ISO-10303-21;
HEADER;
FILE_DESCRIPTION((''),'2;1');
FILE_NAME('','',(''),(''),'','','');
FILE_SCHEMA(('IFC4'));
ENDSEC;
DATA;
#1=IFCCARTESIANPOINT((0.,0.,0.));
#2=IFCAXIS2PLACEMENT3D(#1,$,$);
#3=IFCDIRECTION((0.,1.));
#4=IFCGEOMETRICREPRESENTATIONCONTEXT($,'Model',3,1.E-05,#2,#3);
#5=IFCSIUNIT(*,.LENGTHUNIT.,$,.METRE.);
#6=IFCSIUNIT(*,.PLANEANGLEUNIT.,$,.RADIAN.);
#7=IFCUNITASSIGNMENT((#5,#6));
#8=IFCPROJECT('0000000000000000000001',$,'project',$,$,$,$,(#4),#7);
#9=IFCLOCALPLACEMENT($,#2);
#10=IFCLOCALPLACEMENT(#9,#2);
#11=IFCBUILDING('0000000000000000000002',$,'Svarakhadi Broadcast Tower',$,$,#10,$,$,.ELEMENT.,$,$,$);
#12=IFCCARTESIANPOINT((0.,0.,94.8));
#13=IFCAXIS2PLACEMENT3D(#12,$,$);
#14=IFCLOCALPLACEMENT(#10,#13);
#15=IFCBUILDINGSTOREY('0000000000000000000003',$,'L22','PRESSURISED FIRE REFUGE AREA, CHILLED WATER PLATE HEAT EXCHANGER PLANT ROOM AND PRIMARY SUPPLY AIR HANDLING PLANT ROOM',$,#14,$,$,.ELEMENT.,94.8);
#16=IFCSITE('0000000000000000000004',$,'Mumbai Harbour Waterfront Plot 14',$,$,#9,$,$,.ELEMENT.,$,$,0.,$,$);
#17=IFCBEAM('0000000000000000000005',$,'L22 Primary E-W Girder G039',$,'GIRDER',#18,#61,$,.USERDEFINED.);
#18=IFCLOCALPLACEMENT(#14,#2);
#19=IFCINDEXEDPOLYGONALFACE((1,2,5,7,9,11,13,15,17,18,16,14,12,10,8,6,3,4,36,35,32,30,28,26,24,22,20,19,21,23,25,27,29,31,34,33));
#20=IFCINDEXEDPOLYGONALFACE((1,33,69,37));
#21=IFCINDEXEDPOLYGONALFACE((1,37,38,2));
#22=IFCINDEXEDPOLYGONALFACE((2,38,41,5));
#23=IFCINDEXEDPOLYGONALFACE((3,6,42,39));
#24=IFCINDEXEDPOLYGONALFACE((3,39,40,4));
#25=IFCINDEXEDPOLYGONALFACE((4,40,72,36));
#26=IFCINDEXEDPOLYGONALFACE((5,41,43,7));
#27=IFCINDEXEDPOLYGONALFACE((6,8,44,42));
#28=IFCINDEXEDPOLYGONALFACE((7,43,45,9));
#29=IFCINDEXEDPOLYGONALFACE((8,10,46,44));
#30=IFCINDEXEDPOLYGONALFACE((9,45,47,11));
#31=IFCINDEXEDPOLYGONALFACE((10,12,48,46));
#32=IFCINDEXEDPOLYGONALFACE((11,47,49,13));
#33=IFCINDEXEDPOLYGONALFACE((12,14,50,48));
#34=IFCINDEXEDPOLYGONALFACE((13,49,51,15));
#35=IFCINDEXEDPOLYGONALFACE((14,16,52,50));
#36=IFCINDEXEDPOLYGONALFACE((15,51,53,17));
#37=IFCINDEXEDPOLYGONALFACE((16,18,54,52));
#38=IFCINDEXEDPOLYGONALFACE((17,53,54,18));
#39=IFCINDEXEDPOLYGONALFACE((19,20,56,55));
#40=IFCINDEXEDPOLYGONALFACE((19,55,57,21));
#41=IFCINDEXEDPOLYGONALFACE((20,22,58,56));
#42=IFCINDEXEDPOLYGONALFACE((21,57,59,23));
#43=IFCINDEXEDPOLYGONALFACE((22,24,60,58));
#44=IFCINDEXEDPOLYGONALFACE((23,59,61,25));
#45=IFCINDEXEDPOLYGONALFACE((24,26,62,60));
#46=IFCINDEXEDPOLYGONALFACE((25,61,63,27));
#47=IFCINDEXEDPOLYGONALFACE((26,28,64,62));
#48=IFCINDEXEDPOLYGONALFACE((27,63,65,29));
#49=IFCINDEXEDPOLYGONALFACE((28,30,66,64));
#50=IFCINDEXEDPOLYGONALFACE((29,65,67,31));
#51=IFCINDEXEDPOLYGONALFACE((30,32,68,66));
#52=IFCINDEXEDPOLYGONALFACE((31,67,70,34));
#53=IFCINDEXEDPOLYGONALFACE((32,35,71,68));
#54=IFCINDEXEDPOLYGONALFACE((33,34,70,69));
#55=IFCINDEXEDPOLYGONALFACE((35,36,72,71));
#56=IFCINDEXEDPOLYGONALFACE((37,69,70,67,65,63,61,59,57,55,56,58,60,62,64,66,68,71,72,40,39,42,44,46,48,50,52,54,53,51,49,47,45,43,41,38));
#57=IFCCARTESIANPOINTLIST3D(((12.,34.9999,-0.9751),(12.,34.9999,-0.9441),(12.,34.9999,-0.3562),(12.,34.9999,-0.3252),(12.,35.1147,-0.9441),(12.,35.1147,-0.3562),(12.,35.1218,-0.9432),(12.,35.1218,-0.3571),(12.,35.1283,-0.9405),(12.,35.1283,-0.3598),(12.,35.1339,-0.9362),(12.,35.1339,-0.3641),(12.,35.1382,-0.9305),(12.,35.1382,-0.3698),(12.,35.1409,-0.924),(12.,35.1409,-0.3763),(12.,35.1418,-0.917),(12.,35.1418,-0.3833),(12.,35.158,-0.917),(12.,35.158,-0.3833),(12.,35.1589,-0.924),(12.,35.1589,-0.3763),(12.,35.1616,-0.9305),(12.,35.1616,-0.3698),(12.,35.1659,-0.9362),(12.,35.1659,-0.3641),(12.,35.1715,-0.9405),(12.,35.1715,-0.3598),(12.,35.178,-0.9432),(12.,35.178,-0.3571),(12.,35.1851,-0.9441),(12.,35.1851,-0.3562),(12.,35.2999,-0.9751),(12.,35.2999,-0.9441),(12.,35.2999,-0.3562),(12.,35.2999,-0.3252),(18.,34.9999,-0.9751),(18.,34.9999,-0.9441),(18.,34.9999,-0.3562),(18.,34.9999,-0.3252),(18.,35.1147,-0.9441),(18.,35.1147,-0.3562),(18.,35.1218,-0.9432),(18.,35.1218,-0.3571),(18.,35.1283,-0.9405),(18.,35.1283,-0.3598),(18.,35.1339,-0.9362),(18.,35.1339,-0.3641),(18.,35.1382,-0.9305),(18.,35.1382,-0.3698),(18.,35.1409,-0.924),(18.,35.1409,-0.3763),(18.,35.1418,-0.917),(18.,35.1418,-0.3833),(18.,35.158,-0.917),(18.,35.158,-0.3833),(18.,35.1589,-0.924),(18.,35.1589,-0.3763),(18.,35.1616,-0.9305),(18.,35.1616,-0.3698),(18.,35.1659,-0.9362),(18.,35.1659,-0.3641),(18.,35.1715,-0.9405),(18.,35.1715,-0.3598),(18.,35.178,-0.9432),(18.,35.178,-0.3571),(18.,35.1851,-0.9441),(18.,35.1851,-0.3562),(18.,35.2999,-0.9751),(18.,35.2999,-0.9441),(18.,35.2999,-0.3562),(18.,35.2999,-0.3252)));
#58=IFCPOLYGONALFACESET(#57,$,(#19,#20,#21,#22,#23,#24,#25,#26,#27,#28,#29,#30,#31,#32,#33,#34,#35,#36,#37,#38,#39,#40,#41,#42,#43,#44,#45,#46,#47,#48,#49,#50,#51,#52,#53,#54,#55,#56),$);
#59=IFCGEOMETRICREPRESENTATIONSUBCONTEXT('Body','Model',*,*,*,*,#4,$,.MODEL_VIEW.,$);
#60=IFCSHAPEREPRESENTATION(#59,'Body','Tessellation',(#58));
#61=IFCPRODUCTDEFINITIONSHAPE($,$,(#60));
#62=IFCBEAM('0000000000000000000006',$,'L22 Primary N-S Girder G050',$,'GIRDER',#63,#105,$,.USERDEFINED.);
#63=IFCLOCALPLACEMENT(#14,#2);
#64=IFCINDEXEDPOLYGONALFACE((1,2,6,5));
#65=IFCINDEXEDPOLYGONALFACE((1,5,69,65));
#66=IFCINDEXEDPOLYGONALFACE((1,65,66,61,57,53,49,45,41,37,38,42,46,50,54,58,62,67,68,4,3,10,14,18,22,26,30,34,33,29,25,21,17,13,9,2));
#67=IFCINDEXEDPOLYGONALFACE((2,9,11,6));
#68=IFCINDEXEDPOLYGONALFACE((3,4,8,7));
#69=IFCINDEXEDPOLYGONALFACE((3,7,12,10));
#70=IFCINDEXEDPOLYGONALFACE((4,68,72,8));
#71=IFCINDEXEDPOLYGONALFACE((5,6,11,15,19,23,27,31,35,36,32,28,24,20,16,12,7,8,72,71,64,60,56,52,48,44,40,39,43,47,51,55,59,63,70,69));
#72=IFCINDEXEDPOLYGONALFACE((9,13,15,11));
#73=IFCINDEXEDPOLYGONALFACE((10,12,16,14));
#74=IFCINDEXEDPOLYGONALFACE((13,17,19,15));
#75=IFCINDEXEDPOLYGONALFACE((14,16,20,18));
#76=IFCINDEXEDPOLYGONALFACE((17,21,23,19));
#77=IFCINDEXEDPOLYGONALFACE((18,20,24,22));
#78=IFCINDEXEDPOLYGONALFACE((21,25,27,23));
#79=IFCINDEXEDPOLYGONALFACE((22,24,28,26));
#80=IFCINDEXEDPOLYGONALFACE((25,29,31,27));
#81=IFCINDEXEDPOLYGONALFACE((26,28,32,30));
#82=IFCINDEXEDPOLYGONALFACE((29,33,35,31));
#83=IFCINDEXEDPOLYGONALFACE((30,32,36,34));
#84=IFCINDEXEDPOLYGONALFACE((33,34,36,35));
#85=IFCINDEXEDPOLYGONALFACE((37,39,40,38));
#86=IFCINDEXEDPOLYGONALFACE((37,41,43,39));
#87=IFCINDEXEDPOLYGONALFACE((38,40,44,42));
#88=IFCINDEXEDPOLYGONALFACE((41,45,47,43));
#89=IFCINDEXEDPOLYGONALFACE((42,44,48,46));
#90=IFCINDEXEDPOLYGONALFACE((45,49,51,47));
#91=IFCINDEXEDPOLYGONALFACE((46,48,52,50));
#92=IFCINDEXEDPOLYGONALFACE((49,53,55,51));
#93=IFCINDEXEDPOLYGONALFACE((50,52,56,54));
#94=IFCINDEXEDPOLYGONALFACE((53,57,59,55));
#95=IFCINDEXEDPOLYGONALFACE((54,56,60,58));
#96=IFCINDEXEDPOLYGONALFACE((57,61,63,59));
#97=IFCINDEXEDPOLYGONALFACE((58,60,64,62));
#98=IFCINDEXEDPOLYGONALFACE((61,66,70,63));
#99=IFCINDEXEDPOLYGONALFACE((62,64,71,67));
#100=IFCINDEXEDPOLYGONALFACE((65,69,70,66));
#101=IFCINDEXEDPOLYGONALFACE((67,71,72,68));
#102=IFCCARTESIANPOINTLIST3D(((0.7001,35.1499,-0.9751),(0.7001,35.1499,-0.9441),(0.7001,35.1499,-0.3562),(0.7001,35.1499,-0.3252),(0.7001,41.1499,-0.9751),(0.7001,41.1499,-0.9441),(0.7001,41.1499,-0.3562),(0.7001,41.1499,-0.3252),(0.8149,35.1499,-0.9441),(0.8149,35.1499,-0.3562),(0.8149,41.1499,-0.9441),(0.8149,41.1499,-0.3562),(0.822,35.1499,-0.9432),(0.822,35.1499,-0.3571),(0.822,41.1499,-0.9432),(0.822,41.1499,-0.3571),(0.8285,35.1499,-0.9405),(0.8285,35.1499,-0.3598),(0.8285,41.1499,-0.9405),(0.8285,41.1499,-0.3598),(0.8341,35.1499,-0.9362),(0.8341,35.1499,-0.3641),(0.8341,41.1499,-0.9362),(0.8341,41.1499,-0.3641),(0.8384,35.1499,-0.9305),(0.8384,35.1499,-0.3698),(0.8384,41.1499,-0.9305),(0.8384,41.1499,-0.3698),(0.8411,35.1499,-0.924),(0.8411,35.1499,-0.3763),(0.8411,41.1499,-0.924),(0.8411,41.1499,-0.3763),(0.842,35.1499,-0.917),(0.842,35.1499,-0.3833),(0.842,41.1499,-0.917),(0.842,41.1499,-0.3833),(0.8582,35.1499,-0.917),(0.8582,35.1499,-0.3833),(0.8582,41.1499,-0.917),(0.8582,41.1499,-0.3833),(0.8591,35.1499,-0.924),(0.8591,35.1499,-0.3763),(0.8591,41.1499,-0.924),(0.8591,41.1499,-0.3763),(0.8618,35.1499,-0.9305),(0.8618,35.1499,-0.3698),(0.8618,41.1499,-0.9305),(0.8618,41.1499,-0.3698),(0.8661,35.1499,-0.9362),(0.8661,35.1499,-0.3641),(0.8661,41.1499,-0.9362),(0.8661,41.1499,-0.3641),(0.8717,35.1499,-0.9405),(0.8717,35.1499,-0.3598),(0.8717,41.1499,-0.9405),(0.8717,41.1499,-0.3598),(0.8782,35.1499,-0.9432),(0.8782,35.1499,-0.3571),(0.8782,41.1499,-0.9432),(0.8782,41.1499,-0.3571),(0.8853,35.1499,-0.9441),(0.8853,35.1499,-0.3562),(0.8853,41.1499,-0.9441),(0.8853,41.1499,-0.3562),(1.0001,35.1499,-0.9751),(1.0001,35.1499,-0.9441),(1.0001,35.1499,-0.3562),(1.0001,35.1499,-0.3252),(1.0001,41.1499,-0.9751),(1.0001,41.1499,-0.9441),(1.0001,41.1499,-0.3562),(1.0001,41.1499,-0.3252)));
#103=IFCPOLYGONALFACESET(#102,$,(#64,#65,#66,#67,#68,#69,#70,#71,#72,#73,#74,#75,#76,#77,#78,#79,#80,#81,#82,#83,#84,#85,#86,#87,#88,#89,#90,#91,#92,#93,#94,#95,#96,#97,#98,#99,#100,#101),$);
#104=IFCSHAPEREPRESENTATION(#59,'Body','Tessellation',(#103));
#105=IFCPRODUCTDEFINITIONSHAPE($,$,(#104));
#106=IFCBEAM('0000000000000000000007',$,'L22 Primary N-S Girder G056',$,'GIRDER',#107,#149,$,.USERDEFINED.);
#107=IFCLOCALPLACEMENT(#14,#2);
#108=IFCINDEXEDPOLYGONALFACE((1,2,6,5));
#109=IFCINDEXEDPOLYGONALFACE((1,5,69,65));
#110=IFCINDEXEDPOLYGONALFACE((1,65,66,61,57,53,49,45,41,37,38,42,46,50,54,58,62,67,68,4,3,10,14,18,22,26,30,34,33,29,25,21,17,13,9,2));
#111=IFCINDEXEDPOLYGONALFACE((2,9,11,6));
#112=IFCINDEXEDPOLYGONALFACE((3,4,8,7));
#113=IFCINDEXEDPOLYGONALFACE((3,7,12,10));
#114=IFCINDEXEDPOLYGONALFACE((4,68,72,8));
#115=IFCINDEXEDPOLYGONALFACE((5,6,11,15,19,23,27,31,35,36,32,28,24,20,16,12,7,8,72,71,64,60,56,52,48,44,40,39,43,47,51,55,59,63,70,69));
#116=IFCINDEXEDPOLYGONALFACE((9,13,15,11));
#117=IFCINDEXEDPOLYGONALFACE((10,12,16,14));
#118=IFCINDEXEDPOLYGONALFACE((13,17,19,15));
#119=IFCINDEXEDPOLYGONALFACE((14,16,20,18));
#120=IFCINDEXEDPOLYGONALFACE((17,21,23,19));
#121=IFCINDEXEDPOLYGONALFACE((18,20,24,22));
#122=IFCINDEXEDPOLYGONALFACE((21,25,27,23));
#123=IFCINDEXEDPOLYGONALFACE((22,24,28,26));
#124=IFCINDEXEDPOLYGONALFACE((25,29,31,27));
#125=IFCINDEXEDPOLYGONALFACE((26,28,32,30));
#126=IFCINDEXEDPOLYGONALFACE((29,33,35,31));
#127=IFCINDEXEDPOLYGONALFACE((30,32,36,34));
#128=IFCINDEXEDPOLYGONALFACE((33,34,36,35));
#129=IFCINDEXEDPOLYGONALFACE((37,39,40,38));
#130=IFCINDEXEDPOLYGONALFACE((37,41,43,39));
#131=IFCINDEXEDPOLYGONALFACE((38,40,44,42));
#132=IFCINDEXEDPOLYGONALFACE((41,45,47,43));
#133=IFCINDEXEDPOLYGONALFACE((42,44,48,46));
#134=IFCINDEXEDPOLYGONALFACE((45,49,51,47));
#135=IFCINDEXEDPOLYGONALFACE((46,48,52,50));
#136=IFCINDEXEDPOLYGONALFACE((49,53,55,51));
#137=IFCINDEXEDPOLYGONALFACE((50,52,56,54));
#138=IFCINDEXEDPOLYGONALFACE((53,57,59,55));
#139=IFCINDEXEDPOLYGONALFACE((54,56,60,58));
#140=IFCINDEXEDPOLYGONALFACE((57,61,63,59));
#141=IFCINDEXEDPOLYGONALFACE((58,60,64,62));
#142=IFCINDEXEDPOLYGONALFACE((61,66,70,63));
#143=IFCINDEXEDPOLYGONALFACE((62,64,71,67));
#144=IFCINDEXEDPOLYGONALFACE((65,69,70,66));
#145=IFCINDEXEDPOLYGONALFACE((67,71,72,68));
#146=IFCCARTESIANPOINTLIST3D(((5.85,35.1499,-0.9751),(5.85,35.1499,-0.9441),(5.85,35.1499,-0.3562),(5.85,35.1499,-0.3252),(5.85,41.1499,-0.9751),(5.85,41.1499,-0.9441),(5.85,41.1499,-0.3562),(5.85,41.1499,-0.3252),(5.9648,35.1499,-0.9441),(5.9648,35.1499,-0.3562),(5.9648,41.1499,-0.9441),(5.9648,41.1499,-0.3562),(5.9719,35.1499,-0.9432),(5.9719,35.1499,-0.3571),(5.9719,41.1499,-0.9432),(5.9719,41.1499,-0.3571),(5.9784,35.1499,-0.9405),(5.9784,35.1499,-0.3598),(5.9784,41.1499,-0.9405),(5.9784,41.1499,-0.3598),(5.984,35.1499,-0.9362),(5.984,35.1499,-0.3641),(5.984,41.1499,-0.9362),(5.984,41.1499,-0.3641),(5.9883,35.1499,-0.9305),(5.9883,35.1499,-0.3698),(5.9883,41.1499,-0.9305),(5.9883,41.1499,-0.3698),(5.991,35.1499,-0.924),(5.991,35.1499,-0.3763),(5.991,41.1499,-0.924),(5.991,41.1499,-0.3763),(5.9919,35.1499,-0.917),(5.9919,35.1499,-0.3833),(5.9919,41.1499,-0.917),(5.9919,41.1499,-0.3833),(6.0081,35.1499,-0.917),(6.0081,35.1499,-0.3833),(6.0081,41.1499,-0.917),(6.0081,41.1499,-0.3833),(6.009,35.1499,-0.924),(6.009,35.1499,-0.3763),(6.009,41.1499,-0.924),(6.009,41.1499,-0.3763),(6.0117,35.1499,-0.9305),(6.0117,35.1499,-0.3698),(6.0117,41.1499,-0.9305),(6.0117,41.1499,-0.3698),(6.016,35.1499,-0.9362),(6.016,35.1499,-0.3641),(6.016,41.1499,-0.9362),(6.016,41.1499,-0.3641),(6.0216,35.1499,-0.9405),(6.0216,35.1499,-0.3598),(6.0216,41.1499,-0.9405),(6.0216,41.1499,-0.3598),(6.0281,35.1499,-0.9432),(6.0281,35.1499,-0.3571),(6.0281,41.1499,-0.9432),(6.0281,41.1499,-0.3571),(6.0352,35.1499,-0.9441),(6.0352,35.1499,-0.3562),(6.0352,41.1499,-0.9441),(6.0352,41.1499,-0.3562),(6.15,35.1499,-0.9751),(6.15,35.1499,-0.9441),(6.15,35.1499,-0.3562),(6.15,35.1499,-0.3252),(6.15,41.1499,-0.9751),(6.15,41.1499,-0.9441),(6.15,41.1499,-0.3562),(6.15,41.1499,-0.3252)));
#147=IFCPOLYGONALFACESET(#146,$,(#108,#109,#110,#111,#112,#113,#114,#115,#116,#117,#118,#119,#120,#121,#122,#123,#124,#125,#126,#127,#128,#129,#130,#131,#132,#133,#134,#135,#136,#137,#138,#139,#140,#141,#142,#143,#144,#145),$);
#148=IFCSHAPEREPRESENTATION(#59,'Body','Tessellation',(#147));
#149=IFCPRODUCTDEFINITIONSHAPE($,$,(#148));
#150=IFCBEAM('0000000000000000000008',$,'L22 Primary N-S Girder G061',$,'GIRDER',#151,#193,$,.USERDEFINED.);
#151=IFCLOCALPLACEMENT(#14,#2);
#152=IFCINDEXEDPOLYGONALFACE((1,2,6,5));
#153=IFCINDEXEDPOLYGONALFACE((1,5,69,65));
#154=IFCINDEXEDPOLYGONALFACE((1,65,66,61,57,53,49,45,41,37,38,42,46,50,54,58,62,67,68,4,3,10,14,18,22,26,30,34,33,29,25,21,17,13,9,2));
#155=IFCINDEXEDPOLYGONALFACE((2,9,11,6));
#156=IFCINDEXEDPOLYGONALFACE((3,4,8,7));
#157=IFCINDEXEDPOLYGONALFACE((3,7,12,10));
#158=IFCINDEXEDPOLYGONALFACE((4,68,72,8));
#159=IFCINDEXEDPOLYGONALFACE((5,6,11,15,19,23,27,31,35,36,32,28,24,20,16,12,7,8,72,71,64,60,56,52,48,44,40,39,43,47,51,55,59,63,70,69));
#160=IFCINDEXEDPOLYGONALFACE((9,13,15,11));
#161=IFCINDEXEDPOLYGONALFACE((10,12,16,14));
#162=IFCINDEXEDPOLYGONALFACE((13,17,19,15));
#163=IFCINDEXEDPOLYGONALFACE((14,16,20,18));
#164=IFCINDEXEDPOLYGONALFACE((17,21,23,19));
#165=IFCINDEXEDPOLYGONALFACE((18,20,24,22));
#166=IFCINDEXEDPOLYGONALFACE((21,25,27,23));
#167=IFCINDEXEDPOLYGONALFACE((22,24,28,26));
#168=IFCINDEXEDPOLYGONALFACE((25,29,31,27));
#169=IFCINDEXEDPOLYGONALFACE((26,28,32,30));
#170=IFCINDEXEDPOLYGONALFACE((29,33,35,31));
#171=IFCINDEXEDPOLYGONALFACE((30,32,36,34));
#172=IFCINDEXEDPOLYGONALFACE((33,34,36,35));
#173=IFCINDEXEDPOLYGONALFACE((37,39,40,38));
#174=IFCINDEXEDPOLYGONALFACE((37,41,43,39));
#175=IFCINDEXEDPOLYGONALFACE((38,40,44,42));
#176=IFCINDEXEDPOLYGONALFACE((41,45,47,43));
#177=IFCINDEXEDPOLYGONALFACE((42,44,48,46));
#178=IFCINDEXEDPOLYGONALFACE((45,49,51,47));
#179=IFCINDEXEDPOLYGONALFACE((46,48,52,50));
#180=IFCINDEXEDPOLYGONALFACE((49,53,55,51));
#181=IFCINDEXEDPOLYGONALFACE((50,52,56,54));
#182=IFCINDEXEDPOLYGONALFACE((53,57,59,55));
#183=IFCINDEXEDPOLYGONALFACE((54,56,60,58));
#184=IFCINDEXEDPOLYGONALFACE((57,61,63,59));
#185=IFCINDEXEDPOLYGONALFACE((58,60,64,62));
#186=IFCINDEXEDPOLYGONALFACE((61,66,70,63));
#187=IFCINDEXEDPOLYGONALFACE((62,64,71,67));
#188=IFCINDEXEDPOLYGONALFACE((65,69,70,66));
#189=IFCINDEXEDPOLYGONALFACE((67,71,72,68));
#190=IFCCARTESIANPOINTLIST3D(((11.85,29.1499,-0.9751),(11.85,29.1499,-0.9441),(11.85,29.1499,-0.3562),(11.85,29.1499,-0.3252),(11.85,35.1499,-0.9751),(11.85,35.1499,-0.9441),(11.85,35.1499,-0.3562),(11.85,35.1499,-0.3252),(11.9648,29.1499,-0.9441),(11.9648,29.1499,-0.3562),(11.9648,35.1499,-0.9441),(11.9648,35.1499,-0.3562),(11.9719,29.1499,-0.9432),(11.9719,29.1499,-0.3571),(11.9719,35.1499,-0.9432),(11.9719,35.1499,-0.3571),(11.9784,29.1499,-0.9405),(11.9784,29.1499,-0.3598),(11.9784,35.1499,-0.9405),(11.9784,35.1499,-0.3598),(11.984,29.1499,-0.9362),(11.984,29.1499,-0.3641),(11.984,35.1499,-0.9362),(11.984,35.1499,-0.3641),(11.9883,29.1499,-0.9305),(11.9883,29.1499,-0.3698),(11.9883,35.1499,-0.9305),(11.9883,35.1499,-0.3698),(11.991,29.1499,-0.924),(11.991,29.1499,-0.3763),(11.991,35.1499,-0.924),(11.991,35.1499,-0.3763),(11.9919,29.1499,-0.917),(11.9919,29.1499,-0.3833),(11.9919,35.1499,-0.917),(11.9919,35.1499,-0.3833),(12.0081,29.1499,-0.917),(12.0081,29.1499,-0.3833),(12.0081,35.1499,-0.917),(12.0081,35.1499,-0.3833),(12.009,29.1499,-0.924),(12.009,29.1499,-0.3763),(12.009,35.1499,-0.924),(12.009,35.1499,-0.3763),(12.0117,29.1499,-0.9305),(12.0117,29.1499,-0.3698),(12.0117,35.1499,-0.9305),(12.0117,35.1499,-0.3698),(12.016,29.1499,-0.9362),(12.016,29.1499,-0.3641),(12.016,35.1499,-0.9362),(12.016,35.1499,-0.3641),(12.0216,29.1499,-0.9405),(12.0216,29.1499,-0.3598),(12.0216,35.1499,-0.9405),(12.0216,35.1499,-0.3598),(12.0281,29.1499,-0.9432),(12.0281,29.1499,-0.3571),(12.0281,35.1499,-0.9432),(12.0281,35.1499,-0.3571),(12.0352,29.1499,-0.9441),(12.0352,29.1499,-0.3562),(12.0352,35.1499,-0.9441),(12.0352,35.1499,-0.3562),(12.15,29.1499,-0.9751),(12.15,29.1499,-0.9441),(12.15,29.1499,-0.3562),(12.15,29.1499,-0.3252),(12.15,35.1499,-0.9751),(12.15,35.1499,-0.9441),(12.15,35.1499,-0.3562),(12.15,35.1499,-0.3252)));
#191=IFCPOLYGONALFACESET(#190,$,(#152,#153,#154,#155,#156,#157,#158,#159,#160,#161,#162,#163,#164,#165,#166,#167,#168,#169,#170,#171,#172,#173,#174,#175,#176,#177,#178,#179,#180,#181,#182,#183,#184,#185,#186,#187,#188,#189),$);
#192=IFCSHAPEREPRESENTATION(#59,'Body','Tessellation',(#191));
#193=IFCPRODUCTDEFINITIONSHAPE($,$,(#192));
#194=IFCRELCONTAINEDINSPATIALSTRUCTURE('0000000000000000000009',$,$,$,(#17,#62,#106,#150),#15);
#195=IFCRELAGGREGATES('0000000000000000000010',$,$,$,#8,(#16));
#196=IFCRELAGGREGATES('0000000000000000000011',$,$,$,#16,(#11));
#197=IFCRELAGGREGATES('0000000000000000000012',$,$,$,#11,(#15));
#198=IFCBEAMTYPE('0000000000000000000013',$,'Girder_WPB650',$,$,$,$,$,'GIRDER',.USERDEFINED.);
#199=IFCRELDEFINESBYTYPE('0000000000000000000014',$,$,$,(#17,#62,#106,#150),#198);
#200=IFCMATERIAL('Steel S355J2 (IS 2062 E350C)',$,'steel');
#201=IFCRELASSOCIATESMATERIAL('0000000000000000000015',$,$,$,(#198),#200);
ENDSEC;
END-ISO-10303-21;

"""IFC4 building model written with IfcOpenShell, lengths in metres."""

from ifc_helpers import new_model, si_unit, direction, frame, origin, origin_2d, place, context, subcontext, project, spatial, i_section, extrude, material, material_profile, profile_set, type_object, element, save


model = new_model("IFC4")

# Units and contexts
model_context = context("Model", 3, precision=1e-05, world=origin(), true_north=direction((0.0, 1.0)))
body_context = subcontext(model_context, "Body", "Model", "MODEL_VIEW")
ifc_project = project(units=[si_unit("LENGTHUNIT", "METRE"), si_unit("PLANEANGLEUNIT", "RADIAN")], contexts=[model_context])

# Site, building, storey
site_placement = place(None, origin())
site = spatial("IfcSite", under=ifc_project, at=site_placement, Name="Mumbai Harbour Waterfront Plot 14", CompositionType="ELEMENT", RefElevation=0.0)
building_placement = place(site_placement, origin())
building = spatial("IfcBuilding", under=site, at=building_placement, Name="Svarakhadi Broadcast Tower", CompositionType="ELEMENT")
storey_placement = place(building_placement, frame((0.0, 0.0, 94.8)))
storey = spatial("IfcBuildingStorey", under=building, at=storey_placement, Name="L22", Description="PRESSURISED FIRE REFUGE AREA, CHILLED WATER PLATE HEAT EXCHANGER PLANT ROOM AND PRIMARY SUPPLY AIR HANDLING PLANT ROOM", CompositionType="ELEMENT", Elevation=94.8)

# Beams
ifc_material_1 = material(Name="Steel S355J2 (IS 2062 E350C)", Category="steel")
ifc_material_profile_1 = material_profile(ifc_material_1, i_section(OverallWidth=0.3, OverallDepth=0.6499, WebThickness=0.0161, FlangeThickness=0.031, FilletRadius=0.0271, at=origin_2d()), Name="WPB 650x300x225")
ifc_profile_set_1 = profile_set([ifc_material_profile_1], Name="Steel S355J2 (IS 2062 E350C)")
beam_type_1 = type_object("IfcBeamType", Name="Girder_WPB650", ElementType="GIRDER", PredefinedType="USERDEFINED", material=ifc_profile_set_1)
for number, where, z_axis, x_axis, name in (
    (1, (12.0, 35.1499, -0.6501), (1.0, 0.0, 0.0), (0.0, 1.0, 0.0), "L22 Primary E-W Girder G039"),
    (2, (0.8501, 35.1499, -0.6501), (0.0, 1.0, 0.0), (-1.0, 0.0, 0.0), "L22 Primary N-S Girder G050"),
    (3, (6.0, 35.1499, -0.6501), (0.0, 1.0, 0.0), (-1.0, 0.0, 0.0), "L22 Primary N-S Girder G056"),
    (4, (12.0, 29.1499, -0.6501), (0.0, 1.0, 0.0), (-1.0, 0.0, 0.0), "L22 Primary N-S Girder G061"),
):
    element("IfcBeam", number, at=place(storey_placement, frame(where, z_axis=z_axis, x_axis=x_axis)), inside=storey, type_object=beam_type_1, Name=name, ObjectType="GIRDER", PredefinedType="USERDEFINED", context=body_context, shape_type="SweptSolid", body=[
        extrude(i_section(OverallWidth=0.3, OverallDepth=0.6499, WebThickness=0.0161, FlangeThickness=0.031, FilletRadius=0.0271, at=origin_2d()), origin(), (0.0, 0.0, 1.0), 6.0),
    ])

save(model, "model.ifc")
